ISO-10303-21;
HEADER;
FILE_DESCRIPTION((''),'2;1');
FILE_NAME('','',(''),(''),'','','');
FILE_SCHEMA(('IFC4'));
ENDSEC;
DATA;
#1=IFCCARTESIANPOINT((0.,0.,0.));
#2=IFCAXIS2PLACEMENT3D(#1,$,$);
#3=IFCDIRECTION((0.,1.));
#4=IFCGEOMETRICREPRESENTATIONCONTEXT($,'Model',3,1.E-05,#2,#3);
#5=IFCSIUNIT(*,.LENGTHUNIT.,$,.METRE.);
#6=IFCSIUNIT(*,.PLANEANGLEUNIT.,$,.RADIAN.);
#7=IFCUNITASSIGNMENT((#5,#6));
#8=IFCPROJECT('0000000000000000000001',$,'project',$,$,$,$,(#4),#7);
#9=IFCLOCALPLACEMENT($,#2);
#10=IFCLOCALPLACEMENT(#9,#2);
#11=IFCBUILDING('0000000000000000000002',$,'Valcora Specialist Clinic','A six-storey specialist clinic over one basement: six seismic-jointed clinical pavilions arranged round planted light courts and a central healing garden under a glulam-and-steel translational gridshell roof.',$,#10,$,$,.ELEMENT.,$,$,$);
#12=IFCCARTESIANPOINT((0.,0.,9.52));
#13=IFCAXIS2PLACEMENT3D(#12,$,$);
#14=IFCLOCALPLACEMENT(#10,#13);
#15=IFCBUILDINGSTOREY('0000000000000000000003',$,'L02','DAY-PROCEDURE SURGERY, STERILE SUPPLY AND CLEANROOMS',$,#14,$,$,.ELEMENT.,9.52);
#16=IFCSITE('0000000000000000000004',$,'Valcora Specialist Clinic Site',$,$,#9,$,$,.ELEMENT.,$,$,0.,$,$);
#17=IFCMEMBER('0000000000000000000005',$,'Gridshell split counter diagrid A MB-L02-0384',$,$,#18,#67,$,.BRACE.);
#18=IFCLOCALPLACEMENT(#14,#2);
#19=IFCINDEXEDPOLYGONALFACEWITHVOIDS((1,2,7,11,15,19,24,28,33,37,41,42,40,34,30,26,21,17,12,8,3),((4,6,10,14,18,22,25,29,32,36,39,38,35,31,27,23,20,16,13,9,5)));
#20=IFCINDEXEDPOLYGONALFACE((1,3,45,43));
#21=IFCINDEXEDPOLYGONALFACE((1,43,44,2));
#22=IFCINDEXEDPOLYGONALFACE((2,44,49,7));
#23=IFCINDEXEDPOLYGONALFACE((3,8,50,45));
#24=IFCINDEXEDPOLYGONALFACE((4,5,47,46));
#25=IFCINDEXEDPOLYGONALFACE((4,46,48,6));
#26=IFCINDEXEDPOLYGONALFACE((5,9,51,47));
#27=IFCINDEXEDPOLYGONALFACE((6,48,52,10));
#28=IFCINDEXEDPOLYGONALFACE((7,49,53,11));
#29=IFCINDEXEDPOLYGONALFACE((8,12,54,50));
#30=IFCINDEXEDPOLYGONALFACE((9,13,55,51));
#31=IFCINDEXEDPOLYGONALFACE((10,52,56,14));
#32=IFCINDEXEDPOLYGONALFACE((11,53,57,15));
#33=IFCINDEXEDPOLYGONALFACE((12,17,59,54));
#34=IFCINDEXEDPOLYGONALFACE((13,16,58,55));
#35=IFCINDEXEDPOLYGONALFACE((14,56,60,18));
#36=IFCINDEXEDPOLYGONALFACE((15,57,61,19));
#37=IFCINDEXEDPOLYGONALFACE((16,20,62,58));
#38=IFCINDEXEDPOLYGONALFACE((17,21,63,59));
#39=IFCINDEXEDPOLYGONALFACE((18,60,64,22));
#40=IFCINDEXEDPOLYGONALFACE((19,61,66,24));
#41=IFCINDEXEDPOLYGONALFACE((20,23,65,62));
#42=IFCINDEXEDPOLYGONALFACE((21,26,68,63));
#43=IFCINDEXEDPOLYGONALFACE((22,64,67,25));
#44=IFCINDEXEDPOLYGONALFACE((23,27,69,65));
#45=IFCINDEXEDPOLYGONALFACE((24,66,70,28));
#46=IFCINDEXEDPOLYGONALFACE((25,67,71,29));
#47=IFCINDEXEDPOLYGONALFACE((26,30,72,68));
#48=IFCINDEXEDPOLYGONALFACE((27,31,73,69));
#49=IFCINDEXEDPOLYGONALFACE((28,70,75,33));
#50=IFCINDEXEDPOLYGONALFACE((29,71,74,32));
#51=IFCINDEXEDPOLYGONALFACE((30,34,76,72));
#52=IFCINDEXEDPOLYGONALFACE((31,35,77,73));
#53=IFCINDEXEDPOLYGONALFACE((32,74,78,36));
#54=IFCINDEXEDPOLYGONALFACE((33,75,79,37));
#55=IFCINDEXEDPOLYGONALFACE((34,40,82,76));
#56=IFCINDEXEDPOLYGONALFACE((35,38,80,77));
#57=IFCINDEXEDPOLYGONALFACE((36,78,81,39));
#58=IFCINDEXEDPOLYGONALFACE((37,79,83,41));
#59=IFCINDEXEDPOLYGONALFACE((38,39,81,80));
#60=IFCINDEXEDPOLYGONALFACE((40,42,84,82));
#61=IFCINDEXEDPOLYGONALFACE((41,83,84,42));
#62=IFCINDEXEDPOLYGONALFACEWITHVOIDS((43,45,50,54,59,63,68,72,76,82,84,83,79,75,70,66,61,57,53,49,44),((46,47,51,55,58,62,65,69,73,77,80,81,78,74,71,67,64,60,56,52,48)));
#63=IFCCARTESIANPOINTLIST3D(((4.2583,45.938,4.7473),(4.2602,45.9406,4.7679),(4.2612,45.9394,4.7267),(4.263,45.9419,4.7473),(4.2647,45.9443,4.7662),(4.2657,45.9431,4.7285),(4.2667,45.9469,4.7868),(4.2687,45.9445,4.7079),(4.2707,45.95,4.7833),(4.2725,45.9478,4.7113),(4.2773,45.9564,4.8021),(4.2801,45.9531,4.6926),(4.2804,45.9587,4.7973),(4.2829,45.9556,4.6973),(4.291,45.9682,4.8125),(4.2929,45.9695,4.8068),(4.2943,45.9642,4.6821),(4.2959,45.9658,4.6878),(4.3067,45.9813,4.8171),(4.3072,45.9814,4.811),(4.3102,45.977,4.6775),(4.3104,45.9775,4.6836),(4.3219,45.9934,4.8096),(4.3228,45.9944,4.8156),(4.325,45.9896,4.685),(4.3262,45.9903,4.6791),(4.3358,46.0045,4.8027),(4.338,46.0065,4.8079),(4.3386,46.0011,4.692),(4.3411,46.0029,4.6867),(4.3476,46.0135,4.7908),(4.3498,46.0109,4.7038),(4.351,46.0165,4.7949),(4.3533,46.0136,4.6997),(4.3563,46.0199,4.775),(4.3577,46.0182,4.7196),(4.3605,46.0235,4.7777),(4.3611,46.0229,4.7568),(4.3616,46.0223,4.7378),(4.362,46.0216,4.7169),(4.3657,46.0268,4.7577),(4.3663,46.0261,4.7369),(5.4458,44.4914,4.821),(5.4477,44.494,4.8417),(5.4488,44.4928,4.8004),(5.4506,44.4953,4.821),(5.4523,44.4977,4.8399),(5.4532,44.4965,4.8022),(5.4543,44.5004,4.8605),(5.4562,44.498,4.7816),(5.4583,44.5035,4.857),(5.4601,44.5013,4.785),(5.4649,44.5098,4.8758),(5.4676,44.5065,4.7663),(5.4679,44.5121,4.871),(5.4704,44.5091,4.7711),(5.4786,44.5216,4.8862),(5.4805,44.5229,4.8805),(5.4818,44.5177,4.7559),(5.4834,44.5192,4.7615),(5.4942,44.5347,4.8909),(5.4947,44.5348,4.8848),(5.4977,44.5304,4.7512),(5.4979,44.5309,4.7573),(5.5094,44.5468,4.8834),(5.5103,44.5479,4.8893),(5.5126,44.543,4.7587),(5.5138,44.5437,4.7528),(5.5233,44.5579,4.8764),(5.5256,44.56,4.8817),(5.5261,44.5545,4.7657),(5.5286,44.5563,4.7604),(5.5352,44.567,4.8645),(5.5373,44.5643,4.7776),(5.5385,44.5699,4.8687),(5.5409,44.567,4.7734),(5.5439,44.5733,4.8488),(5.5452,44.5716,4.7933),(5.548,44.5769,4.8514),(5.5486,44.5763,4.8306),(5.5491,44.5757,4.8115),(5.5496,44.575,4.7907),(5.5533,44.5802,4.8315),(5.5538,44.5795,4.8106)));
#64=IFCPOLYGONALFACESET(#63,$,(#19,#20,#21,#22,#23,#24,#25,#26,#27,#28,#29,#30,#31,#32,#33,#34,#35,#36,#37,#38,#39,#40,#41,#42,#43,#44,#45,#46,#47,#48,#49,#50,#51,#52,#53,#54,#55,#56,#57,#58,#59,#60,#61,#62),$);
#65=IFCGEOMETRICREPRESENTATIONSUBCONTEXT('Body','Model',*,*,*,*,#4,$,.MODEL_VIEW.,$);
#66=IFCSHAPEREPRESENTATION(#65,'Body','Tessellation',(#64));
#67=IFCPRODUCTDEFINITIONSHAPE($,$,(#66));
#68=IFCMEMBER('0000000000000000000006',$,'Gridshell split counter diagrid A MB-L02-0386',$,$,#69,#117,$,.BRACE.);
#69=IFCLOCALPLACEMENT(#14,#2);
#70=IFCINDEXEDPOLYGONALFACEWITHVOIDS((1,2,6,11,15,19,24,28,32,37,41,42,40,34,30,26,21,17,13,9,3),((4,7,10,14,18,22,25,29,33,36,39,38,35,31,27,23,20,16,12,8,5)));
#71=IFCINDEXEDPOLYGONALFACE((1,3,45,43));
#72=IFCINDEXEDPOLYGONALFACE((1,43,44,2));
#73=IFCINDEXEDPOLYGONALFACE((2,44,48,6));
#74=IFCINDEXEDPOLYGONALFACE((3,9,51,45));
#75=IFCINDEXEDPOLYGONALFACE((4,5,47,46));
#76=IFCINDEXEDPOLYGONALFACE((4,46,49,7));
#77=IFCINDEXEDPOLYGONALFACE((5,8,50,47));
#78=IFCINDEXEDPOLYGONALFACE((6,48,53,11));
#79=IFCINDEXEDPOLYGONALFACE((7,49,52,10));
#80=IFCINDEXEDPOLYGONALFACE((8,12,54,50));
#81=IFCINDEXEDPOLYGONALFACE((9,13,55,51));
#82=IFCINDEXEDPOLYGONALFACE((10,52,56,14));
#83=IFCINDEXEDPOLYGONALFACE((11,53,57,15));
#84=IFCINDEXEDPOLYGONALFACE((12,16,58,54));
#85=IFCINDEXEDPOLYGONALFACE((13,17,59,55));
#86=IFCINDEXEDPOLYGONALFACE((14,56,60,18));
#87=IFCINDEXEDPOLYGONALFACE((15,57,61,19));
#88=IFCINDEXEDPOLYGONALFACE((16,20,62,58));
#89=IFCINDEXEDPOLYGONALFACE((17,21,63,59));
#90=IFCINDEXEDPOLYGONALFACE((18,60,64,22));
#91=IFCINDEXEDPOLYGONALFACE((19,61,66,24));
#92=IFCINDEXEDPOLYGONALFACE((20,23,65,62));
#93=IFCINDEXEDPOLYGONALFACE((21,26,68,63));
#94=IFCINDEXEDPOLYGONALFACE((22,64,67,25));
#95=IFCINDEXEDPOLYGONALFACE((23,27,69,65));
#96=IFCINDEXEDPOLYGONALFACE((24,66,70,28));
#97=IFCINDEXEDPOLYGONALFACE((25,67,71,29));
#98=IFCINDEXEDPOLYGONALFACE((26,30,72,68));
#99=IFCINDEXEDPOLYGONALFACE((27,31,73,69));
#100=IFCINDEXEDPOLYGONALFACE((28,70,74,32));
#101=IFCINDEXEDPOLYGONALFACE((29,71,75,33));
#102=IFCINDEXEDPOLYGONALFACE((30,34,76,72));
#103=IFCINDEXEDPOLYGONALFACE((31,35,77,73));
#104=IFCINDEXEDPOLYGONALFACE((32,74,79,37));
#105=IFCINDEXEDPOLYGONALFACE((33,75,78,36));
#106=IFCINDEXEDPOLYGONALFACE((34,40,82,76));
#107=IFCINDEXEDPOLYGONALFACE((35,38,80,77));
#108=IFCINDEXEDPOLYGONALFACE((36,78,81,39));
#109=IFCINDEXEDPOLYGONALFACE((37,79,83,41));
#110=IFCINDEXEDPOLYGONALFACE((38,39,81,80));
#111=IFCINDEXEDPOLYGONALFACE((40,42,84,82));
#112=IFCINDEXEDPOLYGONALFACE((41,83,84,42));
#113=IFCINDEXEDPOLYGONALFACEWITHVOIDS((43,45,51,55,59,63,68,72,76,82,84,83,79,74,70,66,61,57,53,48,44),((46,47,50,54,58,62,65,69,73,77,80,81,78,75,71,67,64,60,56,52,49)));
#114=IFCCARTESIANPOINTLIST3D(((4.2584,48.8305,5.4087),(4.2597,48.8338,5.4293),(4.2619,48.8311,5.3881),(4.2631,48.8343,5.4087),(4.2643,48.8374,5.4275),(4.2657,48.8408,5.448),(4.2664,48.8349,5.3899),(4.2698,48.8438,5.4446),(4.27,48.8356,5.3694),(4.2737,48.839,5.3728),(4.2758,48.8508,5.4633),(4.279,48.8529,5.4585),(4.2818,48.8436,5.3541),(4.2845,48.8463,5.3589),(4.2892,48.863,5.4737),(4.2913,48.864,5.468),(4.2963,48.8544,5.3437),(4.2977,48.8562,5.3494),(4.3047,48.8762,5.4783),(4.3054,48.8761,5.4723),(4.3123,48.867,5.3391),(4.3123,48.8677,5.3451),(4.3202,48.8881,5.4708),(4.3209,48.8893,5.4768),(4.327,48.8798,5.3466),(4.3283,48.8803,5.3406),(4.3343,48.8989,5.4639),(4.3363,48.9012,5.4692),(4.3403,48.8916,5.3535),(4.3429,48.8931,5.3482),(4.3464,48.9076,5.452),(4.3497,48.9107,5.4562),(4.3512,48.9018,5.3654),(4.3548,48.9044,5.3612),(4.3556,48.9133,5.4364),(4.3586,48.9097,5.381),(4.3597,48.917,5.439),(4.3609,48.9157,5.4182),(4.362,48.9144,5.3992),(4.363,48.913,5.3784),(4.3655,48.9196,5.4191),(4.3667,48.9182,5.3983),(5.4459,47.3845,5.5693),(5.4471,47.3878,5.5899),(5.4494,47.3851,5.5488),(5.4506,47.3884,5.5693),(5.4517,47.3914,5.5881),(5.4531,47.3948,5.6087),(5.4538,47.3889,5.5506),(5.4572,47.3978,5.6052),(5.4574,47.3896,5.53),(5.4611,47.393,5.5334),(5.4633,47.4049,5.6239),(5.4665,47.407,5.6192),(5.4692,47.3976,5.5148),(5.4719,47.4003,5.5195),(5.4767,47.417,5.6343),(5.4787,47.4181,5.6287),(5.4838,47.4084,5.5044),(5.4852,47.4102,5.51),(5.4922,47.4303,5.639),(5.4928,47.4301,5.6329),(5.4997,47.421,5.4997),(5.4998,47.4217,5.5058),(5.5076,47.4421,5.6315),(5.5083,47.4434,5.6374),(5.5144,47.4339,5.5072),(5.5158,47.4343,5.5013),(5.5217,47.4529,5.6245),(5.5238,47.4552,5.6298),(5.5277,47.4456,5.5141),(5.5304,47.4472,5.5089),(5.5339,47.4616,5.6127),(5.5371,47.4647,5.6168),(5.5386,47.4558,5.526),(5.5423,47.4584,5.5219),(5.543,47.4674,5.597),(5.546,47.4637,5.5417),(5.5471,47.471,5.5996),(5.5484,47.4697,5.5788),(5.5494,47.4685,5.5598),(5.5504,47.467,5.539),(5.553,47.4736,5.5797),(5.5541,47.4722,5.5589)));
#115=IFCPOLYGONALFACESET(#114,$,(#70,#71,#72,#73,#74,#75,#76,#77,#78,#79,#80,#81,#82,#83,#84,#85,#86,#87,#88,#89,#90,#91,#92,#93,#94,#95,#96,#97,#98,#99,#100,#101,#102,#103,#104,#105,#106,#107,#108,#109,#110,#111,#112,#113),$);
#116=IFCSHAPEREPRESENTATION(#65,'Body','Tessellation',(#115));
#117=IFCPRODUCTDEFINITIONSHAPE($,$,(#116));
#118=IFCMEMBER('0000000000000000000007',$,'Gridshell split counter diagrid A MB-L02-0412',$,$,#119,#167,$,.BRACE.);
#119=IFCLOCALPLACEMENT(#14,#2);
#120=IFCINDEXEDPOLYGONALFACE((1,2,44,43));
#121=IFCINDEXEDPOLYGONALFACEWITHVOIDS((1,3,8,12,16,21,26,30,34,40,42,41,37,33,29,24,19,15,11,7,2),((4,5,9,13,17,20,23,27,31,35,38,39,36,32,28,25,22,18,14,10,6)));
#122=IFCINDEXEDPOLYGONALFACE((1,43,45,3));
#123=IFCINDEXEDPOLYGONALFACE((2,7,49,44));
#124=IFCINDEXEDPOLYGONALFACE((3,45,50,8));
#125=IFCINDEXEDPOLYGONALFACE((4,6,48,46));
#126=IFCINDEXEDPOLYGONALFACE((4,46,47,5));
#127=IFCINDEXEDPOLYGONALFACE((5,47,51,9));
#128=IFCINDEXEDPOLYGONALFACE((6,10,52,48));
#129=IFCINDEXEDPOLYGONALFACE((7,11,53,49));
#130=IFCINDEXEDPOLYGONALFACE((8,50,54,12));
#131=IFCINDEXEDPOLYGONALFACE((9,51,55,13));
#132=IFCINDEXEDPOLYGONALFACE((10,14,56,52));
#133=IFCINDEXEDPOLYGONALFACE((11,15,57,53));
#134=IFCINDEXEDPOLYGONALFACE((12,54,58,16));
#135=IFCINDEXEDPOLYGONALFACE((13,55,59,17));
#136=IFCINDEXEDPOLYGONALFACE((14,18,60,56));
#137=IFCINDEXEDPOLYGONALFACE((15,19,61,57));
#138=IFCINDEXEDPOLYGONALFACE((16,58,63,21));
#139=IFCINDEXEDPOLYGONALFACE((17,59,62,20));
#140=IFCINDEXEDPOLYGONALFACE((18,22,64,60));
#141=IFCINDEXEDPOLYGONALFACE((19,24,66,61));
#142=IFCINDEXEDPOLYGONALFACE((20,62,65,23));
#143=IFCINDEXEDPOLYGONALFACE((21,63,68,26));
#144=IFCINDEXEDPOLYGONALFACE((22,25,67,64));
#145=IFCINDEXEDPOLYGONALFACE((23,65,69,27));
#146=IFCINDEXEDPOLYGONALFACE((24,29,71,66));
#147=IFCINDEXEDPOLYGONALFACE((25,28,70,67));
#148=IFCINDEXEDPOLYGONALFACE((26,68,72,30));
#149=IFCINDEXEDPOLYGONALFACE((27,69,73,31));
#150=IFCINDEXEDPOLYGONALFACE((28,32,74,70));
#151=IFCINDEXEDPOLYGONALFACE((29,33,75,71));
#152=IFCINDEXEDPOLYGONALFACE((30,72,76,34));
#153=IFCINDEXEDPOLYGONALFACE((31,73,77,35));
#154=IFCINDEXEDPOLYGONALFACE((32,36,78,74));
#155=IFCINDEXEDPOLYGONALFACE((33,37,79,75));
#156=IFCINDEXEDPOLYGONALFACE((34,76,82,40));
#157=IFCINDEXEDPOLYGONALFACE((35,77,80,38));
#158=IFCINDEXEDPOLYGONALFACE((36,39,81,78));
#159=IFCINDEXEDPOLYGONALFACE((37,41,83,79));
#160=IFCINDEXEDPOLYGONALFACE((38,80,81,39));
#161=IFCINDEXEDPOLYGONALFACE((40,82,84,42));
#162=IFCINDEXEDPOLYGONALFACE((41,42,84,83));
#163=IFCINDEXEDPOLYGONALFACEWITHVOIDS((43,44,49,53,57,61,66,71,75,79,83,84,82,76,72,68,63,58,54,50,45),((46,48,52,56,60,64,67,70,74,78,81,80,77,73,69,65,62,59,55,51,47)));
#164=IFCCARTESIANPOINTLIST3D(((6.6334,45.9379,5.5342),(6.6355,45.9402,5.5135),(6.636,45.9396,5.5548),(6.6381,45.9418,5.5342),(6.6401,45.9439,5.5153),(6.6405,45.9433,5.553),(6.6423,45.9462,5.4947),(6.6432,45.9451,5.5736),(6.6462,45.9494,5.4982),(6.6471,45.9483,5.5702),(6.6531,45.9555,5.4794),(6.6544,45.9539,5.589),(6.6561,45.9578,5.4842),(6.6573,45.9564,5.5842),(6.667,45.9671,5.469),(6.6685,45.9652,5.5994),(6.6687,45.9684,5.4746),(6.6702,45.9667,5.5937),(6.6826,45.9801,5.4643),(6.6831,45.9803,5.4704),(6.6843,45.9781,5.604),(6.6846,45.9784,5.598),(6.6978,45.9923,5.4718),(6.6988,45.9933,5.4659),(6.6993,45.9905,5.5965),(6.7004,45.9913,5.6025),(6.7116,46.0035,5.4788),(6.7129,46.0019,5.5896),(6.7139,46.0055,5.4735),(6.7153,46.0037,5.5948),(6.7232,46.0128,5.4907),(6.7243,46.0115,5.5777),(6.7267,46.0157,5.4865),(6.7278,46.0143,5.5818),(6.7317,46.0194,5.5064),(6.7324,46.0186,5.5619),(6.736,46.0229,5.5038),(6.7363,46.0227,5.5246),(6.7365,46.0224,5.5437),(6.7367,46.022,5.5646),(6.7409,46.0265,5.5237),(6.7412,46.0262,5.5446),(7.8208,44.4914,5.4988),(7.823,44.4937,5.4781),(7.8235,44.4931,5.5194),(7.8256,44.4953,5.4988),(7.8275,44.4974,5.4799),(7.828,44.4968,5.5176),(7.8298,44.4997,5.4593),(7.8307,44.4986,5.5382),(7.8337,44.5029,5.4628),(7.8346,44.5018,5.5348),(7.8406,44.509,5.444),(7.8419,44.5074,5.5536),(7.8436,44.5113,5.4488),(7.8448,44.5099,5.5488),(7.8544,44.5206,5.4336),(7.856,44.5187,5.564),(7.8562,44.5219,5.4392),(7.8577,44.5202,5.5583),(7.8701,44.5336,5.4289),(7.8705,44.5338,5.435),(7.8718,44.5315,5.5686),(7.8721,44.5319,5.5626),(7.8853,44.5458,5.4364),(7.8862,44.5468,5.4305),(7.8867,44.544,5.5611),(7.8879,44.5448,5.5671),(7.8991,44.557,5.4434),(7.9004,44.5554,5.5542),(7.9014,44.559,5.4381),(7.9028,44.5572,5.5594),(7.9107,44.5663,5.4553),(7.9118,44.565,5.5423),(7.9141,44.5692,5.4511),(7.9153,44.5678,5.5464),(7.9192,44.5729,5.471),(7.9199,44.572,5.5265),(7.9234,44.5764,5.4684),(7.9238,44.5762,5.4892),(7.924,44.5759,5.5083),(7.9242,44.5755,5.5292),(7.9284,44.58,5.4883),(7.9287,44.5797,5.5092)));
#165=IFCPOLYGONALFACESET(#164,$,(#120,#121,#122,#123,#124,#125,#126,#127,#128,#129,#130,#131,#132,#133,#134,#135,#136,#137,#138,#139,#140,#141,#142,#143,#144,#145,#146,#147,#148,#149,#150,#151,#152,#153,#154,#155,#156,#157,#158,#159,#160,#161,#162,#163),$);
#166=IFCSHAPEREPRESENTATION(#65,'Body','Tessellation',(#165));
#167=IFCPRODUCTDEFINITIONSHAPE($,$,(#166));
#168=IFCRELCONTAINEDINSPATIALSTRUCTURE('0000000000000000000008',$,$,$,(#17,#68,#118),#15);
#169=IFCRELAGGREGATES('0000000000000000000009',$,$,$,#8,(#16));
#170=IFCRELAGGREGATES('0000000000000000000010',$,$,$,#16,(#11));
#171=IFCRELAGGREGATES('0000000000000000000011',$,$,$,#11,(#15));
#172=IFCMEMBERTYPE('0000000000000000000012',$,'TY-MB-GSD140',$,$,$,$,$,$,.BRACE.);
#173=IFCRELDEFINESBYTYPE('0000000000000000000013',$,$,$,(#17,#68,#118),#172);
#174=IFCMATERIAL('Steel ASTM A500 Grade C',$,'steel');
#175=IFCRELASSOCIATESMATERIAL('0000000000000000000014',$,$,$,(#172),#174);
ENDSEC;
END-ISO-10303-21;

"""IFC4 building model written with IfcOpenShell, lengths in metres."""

from ifc_helpers import new_model, si_unit, direction, frame, origin, origin_2d, place, context, subcontext, project, spatial, hollow_circle, extrude, material, material_profile, profile_set, type_object, element, save


model = new_model("IFC4")

# Units and contexts
model_context = context("Model", 3, precision=1e-05, world=origin(), true_north=direction((0.0, 1.0)))
body_context = subcontext(model_context, "Body", "Model", "MODEL_VIEW")
ifc_project = project(units=[si_unit("LENGTHUNIT", "METRE"), si_unit("PLANEANGLEUNIT", "RADIAN")], contexts=[model_context])

# Site, building, storey
site_placement = place(None, origin())
site = spatial("IfcSite", under=ifc_project, at=site_placement, Name="Valcora Specialist Clinic Site", CompositionType="ELEMENT", RefElevation=0.0)
building_placement = place(site_placement, origin())
building = spatial("IfcBuilding", under=site, at=building_placement, Name="Valcora Specialist Clinic", Description="A six-storey specialist clinic over one basement: six seismic-jointed clinical pavilions arranged round planted light courts and a central healing garden under a glulam-and-steel translational gridshell roof.", CompositionType="ELEMENT")
storey_placement = place(building_placement, frame((0.0, 0.0, 9.52)))
storey = spatial("IfcBuildingStorey", under=building, at=storey_placement, Name="L02", Description="DAY-PROCEDURE SURGERY, STERILE SUPPLY AND CLEANROOMS", CompositionType="ELEMENT", Elevation=9.52)

# Members
ifc_material_1 = material(Name="Steel ASTM A500 Grade C", Category="steel")
ifc_material_profile_1 = material_profile(ifc_material_1, hollow_circle(Radius=0.0701, WallThickness=0.0061, at=origin_2d()), Name="ST-CHS-140X6")
ifc_profile_set_1 = profile_set([ifc_material_profile_1], Name="Steel ASTM A500 Grade C")
member_type_1 = type_object("IfcMemberType", Name="TY-MB-GSD140", PredefinedType="BRACE", material=ifc_profile_set_1)
member_1_placement = place(storey_placement, frame((5.5, 44.5359, 4.821), z_axis=(-0.634017, 0.772317, -0.039365), x_axis=(-0.772916, -0.634508, 0.0)))
element("IfcMember", 1, at=member_1_placement, inside=storey, type_object=member_type_1, Name="Gridshell split counter diagrid A MB-L02-0384", PredefinedType="BRACE", context=body_context, shape_type="SweptSolid", body=[
    extrude(hollow_circle(Radius=0.0701, WallThickness=0.0061, at=origin_2d()), origin(), (0.0, 0.0, 1.0), 1.873),
])
member_2_placement = place(storey_placement, frame((5.5, 47.429, 5.5693), z_axis=(-0.63231, 0.769978, -0.085539), x_axis=(-0.772811, -0.634636, 0.0)))
element("IfcMember", 2, at=member_2_placement, inside=storey, type_object=member_type_1, Name="Gridshell split counter diagrid A MB-L02-0386", PredefinedType="BRACE", context=body_context, shape_type="SweptSolid", body=[
    extrude(hollow_circle(Radius=0.0701, WallThickness=0.0061, at=origin_2d()), origin(), (0.0, 0.0, 1.0), 1.8779),
])
member_3_placement = place(storey_placement, frame((7.875, 44.5359, 5.4988), z_axis=(-0.634395, 0.772778, 0.018912), x_axis=(-0.772916, -0.634508, 0.0)))
element("IfcMember", 3, at=member_3_placement, inside=storey, type_object=member_type_1, Name="Gridshell split counter diagrid A MB-L02-0412", PredefinedType="BRACE", context=body_context, shape_type="SweptSolid", body=[
    extrude(hollow_circle(Radius=0.0701, WallThickness=0.0061, at=origin_2d()), origin(), (0.0, 0.0, 1.0), 1.8718),
])

save(model, "model.ifc")
